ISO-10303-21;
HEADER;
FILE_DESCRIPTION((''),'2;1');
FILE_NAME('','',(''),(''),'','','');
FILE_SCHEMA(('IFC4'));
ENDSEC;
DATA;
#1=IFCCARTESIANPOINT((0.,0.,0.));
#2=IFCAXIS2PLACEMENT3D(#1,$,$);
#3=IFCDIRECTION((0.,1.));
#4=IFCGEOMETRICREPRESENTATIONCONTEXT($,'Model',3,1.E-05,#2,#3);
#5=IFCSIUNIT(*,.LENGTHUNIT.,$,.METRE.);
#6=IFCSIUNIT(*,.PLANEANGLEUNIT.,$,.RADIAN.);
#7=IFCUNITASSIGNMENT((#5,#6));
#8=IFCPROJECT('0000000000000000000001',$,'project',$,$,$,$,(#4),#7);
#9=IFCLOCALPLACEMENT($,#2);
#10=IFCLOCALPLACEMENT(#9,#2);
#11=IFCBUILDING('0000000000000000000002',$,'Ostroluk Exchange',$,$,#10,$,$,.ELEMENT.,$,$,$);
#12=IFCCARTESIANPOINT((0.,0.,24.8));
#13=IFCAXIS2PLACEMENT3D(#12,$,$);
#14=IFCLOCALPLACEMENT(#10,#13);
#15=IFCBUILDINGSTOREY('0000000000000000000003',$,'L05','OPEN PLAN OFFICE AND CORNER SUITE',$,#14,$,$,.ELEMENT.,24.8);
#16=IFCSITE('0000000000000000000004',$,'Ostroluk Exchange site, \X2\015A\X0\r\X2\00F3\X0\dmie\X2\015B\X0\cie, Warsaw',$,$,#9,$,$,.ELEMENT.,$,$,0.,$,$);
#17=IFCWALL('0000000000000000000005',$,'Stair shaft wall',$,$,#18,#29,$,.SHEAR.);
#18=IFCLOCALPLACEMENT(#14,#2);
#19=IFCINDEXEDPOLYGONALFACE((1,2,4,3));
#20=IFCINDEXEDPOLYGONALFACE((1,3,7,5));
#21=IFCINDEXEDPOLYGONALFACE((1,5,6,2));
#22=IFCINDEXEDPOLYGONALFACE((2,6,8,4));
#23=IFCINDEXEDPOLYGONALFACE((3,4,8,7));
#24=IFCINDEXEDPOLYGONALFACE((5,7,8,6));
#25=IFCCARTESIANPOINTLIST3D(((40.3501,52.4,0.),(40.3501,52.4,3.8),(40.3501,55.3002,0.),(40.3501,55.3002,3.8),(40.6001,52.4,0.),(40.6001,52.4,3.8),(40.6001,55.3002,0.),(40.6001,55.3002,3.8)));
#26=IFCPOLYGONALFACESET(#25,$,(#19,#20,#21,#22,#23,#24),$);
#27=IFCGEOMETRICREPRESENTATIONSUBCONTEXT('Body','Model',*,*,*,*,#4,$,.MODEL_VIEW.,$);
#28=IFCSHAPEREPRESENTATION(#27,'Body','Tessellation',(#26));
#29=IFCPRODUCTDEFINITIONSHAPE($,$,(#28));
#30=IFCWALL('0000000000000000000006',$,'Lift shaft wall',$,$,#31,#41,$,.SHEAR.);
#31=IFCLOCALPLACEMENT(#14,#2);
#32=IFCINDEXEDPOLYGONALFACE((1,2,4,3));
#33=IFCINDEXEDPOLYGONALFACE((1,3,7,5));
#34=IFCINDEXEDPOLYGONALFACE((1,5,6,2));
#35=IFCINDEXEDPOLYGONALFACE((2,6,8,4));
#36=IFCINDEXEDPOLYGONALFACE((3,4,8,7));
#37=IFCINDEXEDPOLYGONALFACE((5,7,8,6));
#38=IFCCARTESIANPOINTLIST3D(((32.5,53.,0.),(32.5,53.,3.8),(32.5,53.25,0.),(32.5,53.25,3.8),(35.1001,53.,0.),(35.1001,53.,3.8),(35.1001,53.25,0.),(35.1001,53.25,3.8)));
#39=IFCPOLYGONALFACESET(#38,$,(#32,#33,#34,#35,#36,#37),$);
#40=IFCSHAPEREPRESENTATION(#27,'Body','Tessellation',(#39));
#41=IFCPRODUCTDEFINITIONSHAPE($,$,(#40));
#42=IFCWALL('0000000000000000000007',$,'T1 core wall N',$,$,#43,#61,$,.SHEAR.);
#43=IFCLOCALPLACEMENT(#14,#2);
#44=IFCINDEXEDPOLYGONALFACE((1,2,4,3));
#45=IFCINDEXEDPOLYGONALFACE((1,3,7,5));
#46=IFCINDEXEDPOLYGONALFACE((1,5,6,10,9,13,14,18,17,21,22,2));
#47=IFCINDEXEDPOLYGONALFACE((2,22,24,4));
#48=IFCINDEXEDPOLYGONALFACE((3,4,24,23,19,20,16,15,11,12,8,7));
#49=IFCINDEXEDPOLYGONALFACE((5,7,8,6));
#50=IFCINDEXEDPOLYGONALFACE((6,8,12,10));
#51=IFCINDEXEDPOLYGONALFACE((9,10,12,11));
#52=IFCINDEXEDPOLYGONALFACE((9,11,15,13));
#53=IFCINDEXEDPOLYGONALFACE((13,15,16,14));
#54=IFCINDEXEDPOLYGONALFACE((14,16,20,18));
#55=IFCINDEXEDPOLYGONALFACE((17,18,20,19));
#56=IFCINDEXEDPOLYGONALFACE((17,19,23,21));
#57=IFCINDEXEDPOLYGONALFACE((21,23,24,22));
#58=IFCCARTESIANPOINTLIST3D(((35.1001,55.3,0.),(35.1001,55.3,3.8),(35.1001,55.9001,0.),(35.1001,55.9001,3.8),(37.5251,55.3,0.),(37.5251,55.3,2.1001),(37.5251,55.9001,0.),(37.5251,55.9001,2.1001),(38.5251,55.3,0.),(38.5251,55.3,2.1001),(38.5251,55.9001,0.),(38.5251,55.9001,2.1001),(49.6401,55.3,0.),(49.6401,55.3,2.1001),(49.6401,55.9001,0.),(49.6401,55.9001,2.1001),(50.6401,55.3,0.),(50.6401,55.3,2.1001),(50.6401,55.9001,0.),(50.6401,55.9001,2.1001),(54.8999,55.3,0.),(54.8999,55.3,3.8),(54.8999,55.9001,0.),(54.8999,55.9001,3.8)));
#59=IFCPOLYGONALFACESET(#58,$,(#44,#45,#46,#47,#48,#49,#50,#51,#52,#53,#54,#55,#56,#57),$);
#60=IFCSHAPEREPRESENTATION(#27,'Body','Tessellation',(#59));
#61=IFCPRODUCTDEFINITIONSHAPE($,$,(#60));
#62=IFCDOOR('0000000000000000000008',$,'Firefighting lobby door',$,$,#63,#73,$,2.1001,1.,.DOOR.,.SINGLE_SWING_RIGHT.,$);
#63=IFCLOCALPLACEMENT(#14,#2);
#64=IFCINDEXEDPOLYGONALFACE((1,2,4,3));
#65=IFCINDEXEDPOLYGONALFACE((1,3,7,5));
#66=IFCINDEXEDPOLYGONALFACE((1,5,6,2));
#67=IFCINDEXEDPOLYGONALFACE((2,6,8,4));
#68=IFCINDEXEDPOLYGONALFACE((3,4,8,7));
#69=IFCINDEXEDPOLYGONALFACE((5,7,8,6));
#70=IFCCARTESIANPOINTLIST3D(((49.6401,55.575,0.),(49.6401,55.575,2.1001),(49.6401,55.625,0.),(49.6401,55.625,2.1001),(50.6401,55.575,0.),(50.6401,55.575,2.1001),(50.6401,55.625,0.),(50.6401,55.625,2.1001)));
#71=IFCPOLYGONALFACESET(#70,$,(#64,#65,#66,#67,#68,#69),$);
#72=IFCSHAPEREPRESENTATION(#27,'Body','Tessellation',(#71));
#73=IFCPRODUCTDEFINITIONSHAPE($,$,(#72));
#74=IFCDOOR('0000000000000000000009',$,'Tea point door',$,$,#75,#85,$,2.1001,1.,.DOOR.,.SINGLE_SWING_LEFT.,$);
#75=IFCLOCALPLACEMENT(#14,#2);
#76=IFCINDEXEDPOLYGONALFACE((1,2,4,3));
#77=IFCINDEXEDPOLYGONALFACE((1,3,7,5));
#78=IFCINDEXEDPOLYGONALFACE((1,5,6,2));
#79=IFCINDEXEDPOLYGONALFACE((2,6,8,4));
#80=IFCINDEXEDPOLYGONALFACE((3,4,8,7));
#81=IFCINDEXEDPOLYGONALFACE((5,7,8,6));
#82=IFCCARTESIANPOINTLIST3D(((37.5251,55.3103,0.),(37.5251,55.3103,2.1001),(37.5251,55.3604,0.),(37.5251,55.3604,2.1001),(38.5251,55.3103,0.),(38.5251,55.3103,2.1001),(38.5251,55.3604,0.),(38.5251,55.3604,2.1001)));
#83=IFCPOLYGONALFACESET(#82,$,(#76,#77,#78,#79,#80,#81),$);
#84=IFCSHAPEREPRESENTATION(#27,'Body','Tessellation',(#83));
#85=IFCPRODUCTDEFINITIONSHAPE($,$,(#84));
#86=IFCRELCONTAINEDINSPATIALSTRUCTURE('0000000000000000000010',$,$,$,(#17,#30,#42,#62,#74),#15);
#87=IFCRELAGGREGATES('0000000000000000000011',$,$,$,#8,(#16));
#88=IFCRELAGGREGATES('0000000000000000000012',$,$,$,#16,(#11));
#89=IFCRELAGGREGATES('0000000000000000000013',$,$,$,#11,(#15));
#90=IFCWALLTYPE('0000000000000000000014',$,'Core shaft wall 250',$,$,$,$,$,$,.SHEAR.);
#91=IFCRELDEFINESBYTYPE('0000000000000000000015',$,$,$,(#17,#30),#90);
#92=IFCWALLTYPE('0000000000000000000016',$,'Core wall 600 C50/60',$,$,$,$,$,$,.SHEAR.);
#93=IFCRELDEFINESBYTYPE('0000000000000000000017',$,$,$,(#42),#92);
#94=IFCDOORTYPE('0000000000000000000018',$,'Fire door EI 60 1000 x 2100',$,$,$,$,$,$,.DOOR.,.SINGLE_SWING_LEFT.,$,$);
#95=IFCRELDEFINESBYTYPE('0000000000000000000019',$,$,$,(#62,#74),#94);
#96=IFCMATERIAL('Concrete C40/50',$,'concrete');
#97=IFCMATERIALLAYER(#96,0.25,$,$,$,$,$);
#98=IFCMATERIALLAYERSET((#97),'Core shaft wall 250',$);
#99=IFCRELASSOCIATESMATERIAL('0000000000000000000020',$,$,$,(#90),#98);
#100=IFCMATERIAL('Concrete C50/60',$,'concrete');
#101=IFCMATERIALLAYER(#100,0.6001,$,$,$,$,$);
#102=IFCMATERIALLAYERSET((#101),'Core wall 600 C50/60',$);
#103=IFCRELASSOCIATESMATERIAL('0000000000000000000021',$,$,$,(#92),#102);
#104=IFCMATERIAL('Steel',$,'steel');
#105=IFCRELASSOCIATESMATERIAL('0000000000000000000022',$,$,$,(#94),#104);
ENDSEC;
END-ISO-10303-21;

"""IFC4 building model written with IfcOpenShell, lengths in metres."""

from ifc_helpers import new_model, si_unit, direction, frame, frame_2d, origin, place, context, subcontext, project, spatial, rectangle, extrude, material, layer, layer_set, type_object, element, fill, save


model = new_model("IFC4")

# Units and contexts
model_context = context("Model", 3, precision=1e-05, world=origin(), true_north=direction((0.0, 1.0)))
body_context = subcontext(model_context, "Body", "Model", "MODEL_VIEW")
ifc_project = project(units=[si_unit("LENGTHUNIT", "METRE"), si_unit("PLANEANGLEUNIT", "RADIAN")], contexts=[model_context])

# Site, building, storey
site_placement = place(None, origin())
site = spatial("IfcSite", under=ifc_project, at=site_placement, Name="Ostroluk Exchange site, Śródmieście, Warsaw", CompositionType="ELEMENT", RefElevation=0.0)
building_placement = place(site_placement, origin())
building = spatial("IfcBuilding", under=site, at=building_placement, Name="Ostroluk Exchange", CompositionType="ELEMENT")
storey_placement = place(building_placement, frame((0.0, 0.0, 24.8)))
storey = spatial("IfcBuildingStorey", under=building, at=storey_placement, Name="L05", Description="OPEN PLAN OFFICE AND CORNER SUITE", CompositionType="ELEMENT", Elevation=24.8)

# Walls
ifc_material_1 = material(Name="Concrete C40/50", Category="concrete")
ifc_layer_1 = layer(ifc_material_1, 0.25)
ifc_layer_set_1 = layer_set([ifc_layer_1], Name="Core shaft wall 250")
wall_type_1 = type_object("IfcWallType", Name="Core shaft wall 250", PredefinedType="SHEAR", material=ifc_layer_set_1)
wall_1_placement = place(storey_placement, frame((40.4751, 52.3999, 0.0), z_axis=(0.0, 0.0, 1.0), x_axis=(0.0, 1.0, 0.0)))
element("IfcWall", 1, at=wall_1_placement, inside=storey, type_object=wall_type_1, Name="Stair shaft wall", PredefinedType="SHEAR", context=body_context, shape_type="SweptSolid", body=[
    extrude(rectangle(XDim=2.9001, YDim=0.25, at=frame_2d((1.4502, 0.0))), origin(), (0.0, 0.0, 1.0), 3.8),
])
wall_2_placement = place(storey_placement, frame((32.5, 53.125, 0.0), z_axis=(0.0, 0.0, 1.0), x_axis=(1.0, 0.0, 0.0)))
element("IfcWall", 2, at=wall_2_placement, inside=storey, type_object=wall_type_1, Name="Lift shaft wall", PredefinedType="SHEAR", context=body_context, shape_type="SweptSolid", body=[
    extrude(rectangle(XDim=2.6001, YDim=0.25, at=frame_2d((1.3, 0.0))), origin(), (0.0, 0.0, 1.0), 3.8),
])

# Wall, openings, doors
ifc_material_2 = material(Name="Concrete C50/60", Category="concrete")
ifc_layer_2 = layer(ifc_material_2, 0.6001)
ifc_layer_set_2 = layer_set([ifc_layer_2], Name="Core wall 600 C50/60")
wall_type_2 = type_object("IfcWallType", Name="Core wall 600 C50/60", PredefinedType="SHEAR", material=ifc_layer_set_2)
wall_3_placement = place(storey_placement, frame((35.1001, 55.6001, 0.0), z_axis=(0.0, 0.0, 1.0), x_axis=(1.0, 0.0, 0.0)))
wall_3 = element("IfcWall", 3, at=wall_3_placement, inside=storey, type_object=wall_type_2, Name="T1 core wall N", PredefinedType="SHEAR", context=body_context, shape_type="SweptSolid", body=[
    extrude(rectangle(XDim=19.7998, YDim=0.6001, at=frame_2d((9.8999, 0.0))), origin(), (0.0, 0.0, 1.0), 3.8),
])
opening_1_placement = place(wall_3_placement, frame((14.54, 0.0, 0.0)))
opening_1 = element("IfcOpeningElement", 4, at=opening_1_placement, cuts=wall_3, PredefinedType="OPENING", context=body_context, shape_type="SweptSolid", body=[
    extrude(rectangle(XDim=1.0, YDim=2.1001, at=frame_2d((0.5, 1.05))), frame((0.0, 0.3101, 0.0), z_axis=(0.0, -1.0, 0.0), x_axis=(1.0, 0.0, 0.0)), (0.0, 0.0, 1.0), 0.6201),
])
opening_2_placement = place(wall_3_placement, frame((2.425, 0.0, 0.0)))
opening_2 = element("IfcOpeningElement", 5, at=opening_2_placement, cuts=wall_3, PredefinedType="OPENING", context=body_context, shape_type="SweptSolid", body=[
    extrude(rectangle(XDim=1.0, YDim=2.1001, at=frame_2d((0.5, 1.05))), frame((0.0, 0.3101, 0.0), z_axis=(0.0, -1.0, 0.0), x_axis=(1.0, 0.0, 0.0)), (0.0, 0.0, 1.0), 0.6201),
])
ifc_material_3 = material(Name="Steel", Category="steel")
door_type = type_object("IfcDoorType", Name="Fire door EI 60 1000 x 2100", OperationType="SINGLE_SWING_LEFT", PredefinedType="DOOR", material=ifc_material_3)
door_1_placement = place(opening_1_placement, origin())
door_1 = element("IfcDoor", 6, at=door_1_placement, inside=storey, type_object=door_type, Name="Firefighting lobby door", OperationType="SINGLE_SWING_RIGHT", OverallHeight=2.1001, OverallWidth=1.0, PredefinedType="DOOR", context=body_context, shape_type="SweptSolid", body=[
    extrude(rectangle(XDim=1.0, YDim=2.1001, at=frame_2d((0.5, 1.05))), frame((0.0, 0.0249, 0.0), z_axis=(0.0, -1.0, 0.0), x_axis=(1.0, 0.0, 0.0)), (0.0, 0.0, 1.0), 0.05),
])
fill(opening_1, door_1)
door_2_placement = place(opening_2_placement, origin())
door_2 = element("IfcDoor", 7, at=door_2_placement, inside=storey, type_object=door_type, Name="Tea point door", OperationType="SINGLE_SWING_LEFT", OverallHeight=2.1001, OverallWidth=1.0, PredefinedType="DOOR", context=body_context, shape_type="SweptSolid", body=[
    extrude(rectangle(XDim=1.0, YDim=2.1001, at=frame_2d((0.5, 1.05))), frame((0.0, -0.2397, 0.0), z_axis=(0.0, -1.0, 0.0), x_axis=(1.0, 0.0, 0.0)), (0.0, 0.0, 1.0), 0.05),
])
fill(opening_2, door_2)

save(model, "model.ifc")
